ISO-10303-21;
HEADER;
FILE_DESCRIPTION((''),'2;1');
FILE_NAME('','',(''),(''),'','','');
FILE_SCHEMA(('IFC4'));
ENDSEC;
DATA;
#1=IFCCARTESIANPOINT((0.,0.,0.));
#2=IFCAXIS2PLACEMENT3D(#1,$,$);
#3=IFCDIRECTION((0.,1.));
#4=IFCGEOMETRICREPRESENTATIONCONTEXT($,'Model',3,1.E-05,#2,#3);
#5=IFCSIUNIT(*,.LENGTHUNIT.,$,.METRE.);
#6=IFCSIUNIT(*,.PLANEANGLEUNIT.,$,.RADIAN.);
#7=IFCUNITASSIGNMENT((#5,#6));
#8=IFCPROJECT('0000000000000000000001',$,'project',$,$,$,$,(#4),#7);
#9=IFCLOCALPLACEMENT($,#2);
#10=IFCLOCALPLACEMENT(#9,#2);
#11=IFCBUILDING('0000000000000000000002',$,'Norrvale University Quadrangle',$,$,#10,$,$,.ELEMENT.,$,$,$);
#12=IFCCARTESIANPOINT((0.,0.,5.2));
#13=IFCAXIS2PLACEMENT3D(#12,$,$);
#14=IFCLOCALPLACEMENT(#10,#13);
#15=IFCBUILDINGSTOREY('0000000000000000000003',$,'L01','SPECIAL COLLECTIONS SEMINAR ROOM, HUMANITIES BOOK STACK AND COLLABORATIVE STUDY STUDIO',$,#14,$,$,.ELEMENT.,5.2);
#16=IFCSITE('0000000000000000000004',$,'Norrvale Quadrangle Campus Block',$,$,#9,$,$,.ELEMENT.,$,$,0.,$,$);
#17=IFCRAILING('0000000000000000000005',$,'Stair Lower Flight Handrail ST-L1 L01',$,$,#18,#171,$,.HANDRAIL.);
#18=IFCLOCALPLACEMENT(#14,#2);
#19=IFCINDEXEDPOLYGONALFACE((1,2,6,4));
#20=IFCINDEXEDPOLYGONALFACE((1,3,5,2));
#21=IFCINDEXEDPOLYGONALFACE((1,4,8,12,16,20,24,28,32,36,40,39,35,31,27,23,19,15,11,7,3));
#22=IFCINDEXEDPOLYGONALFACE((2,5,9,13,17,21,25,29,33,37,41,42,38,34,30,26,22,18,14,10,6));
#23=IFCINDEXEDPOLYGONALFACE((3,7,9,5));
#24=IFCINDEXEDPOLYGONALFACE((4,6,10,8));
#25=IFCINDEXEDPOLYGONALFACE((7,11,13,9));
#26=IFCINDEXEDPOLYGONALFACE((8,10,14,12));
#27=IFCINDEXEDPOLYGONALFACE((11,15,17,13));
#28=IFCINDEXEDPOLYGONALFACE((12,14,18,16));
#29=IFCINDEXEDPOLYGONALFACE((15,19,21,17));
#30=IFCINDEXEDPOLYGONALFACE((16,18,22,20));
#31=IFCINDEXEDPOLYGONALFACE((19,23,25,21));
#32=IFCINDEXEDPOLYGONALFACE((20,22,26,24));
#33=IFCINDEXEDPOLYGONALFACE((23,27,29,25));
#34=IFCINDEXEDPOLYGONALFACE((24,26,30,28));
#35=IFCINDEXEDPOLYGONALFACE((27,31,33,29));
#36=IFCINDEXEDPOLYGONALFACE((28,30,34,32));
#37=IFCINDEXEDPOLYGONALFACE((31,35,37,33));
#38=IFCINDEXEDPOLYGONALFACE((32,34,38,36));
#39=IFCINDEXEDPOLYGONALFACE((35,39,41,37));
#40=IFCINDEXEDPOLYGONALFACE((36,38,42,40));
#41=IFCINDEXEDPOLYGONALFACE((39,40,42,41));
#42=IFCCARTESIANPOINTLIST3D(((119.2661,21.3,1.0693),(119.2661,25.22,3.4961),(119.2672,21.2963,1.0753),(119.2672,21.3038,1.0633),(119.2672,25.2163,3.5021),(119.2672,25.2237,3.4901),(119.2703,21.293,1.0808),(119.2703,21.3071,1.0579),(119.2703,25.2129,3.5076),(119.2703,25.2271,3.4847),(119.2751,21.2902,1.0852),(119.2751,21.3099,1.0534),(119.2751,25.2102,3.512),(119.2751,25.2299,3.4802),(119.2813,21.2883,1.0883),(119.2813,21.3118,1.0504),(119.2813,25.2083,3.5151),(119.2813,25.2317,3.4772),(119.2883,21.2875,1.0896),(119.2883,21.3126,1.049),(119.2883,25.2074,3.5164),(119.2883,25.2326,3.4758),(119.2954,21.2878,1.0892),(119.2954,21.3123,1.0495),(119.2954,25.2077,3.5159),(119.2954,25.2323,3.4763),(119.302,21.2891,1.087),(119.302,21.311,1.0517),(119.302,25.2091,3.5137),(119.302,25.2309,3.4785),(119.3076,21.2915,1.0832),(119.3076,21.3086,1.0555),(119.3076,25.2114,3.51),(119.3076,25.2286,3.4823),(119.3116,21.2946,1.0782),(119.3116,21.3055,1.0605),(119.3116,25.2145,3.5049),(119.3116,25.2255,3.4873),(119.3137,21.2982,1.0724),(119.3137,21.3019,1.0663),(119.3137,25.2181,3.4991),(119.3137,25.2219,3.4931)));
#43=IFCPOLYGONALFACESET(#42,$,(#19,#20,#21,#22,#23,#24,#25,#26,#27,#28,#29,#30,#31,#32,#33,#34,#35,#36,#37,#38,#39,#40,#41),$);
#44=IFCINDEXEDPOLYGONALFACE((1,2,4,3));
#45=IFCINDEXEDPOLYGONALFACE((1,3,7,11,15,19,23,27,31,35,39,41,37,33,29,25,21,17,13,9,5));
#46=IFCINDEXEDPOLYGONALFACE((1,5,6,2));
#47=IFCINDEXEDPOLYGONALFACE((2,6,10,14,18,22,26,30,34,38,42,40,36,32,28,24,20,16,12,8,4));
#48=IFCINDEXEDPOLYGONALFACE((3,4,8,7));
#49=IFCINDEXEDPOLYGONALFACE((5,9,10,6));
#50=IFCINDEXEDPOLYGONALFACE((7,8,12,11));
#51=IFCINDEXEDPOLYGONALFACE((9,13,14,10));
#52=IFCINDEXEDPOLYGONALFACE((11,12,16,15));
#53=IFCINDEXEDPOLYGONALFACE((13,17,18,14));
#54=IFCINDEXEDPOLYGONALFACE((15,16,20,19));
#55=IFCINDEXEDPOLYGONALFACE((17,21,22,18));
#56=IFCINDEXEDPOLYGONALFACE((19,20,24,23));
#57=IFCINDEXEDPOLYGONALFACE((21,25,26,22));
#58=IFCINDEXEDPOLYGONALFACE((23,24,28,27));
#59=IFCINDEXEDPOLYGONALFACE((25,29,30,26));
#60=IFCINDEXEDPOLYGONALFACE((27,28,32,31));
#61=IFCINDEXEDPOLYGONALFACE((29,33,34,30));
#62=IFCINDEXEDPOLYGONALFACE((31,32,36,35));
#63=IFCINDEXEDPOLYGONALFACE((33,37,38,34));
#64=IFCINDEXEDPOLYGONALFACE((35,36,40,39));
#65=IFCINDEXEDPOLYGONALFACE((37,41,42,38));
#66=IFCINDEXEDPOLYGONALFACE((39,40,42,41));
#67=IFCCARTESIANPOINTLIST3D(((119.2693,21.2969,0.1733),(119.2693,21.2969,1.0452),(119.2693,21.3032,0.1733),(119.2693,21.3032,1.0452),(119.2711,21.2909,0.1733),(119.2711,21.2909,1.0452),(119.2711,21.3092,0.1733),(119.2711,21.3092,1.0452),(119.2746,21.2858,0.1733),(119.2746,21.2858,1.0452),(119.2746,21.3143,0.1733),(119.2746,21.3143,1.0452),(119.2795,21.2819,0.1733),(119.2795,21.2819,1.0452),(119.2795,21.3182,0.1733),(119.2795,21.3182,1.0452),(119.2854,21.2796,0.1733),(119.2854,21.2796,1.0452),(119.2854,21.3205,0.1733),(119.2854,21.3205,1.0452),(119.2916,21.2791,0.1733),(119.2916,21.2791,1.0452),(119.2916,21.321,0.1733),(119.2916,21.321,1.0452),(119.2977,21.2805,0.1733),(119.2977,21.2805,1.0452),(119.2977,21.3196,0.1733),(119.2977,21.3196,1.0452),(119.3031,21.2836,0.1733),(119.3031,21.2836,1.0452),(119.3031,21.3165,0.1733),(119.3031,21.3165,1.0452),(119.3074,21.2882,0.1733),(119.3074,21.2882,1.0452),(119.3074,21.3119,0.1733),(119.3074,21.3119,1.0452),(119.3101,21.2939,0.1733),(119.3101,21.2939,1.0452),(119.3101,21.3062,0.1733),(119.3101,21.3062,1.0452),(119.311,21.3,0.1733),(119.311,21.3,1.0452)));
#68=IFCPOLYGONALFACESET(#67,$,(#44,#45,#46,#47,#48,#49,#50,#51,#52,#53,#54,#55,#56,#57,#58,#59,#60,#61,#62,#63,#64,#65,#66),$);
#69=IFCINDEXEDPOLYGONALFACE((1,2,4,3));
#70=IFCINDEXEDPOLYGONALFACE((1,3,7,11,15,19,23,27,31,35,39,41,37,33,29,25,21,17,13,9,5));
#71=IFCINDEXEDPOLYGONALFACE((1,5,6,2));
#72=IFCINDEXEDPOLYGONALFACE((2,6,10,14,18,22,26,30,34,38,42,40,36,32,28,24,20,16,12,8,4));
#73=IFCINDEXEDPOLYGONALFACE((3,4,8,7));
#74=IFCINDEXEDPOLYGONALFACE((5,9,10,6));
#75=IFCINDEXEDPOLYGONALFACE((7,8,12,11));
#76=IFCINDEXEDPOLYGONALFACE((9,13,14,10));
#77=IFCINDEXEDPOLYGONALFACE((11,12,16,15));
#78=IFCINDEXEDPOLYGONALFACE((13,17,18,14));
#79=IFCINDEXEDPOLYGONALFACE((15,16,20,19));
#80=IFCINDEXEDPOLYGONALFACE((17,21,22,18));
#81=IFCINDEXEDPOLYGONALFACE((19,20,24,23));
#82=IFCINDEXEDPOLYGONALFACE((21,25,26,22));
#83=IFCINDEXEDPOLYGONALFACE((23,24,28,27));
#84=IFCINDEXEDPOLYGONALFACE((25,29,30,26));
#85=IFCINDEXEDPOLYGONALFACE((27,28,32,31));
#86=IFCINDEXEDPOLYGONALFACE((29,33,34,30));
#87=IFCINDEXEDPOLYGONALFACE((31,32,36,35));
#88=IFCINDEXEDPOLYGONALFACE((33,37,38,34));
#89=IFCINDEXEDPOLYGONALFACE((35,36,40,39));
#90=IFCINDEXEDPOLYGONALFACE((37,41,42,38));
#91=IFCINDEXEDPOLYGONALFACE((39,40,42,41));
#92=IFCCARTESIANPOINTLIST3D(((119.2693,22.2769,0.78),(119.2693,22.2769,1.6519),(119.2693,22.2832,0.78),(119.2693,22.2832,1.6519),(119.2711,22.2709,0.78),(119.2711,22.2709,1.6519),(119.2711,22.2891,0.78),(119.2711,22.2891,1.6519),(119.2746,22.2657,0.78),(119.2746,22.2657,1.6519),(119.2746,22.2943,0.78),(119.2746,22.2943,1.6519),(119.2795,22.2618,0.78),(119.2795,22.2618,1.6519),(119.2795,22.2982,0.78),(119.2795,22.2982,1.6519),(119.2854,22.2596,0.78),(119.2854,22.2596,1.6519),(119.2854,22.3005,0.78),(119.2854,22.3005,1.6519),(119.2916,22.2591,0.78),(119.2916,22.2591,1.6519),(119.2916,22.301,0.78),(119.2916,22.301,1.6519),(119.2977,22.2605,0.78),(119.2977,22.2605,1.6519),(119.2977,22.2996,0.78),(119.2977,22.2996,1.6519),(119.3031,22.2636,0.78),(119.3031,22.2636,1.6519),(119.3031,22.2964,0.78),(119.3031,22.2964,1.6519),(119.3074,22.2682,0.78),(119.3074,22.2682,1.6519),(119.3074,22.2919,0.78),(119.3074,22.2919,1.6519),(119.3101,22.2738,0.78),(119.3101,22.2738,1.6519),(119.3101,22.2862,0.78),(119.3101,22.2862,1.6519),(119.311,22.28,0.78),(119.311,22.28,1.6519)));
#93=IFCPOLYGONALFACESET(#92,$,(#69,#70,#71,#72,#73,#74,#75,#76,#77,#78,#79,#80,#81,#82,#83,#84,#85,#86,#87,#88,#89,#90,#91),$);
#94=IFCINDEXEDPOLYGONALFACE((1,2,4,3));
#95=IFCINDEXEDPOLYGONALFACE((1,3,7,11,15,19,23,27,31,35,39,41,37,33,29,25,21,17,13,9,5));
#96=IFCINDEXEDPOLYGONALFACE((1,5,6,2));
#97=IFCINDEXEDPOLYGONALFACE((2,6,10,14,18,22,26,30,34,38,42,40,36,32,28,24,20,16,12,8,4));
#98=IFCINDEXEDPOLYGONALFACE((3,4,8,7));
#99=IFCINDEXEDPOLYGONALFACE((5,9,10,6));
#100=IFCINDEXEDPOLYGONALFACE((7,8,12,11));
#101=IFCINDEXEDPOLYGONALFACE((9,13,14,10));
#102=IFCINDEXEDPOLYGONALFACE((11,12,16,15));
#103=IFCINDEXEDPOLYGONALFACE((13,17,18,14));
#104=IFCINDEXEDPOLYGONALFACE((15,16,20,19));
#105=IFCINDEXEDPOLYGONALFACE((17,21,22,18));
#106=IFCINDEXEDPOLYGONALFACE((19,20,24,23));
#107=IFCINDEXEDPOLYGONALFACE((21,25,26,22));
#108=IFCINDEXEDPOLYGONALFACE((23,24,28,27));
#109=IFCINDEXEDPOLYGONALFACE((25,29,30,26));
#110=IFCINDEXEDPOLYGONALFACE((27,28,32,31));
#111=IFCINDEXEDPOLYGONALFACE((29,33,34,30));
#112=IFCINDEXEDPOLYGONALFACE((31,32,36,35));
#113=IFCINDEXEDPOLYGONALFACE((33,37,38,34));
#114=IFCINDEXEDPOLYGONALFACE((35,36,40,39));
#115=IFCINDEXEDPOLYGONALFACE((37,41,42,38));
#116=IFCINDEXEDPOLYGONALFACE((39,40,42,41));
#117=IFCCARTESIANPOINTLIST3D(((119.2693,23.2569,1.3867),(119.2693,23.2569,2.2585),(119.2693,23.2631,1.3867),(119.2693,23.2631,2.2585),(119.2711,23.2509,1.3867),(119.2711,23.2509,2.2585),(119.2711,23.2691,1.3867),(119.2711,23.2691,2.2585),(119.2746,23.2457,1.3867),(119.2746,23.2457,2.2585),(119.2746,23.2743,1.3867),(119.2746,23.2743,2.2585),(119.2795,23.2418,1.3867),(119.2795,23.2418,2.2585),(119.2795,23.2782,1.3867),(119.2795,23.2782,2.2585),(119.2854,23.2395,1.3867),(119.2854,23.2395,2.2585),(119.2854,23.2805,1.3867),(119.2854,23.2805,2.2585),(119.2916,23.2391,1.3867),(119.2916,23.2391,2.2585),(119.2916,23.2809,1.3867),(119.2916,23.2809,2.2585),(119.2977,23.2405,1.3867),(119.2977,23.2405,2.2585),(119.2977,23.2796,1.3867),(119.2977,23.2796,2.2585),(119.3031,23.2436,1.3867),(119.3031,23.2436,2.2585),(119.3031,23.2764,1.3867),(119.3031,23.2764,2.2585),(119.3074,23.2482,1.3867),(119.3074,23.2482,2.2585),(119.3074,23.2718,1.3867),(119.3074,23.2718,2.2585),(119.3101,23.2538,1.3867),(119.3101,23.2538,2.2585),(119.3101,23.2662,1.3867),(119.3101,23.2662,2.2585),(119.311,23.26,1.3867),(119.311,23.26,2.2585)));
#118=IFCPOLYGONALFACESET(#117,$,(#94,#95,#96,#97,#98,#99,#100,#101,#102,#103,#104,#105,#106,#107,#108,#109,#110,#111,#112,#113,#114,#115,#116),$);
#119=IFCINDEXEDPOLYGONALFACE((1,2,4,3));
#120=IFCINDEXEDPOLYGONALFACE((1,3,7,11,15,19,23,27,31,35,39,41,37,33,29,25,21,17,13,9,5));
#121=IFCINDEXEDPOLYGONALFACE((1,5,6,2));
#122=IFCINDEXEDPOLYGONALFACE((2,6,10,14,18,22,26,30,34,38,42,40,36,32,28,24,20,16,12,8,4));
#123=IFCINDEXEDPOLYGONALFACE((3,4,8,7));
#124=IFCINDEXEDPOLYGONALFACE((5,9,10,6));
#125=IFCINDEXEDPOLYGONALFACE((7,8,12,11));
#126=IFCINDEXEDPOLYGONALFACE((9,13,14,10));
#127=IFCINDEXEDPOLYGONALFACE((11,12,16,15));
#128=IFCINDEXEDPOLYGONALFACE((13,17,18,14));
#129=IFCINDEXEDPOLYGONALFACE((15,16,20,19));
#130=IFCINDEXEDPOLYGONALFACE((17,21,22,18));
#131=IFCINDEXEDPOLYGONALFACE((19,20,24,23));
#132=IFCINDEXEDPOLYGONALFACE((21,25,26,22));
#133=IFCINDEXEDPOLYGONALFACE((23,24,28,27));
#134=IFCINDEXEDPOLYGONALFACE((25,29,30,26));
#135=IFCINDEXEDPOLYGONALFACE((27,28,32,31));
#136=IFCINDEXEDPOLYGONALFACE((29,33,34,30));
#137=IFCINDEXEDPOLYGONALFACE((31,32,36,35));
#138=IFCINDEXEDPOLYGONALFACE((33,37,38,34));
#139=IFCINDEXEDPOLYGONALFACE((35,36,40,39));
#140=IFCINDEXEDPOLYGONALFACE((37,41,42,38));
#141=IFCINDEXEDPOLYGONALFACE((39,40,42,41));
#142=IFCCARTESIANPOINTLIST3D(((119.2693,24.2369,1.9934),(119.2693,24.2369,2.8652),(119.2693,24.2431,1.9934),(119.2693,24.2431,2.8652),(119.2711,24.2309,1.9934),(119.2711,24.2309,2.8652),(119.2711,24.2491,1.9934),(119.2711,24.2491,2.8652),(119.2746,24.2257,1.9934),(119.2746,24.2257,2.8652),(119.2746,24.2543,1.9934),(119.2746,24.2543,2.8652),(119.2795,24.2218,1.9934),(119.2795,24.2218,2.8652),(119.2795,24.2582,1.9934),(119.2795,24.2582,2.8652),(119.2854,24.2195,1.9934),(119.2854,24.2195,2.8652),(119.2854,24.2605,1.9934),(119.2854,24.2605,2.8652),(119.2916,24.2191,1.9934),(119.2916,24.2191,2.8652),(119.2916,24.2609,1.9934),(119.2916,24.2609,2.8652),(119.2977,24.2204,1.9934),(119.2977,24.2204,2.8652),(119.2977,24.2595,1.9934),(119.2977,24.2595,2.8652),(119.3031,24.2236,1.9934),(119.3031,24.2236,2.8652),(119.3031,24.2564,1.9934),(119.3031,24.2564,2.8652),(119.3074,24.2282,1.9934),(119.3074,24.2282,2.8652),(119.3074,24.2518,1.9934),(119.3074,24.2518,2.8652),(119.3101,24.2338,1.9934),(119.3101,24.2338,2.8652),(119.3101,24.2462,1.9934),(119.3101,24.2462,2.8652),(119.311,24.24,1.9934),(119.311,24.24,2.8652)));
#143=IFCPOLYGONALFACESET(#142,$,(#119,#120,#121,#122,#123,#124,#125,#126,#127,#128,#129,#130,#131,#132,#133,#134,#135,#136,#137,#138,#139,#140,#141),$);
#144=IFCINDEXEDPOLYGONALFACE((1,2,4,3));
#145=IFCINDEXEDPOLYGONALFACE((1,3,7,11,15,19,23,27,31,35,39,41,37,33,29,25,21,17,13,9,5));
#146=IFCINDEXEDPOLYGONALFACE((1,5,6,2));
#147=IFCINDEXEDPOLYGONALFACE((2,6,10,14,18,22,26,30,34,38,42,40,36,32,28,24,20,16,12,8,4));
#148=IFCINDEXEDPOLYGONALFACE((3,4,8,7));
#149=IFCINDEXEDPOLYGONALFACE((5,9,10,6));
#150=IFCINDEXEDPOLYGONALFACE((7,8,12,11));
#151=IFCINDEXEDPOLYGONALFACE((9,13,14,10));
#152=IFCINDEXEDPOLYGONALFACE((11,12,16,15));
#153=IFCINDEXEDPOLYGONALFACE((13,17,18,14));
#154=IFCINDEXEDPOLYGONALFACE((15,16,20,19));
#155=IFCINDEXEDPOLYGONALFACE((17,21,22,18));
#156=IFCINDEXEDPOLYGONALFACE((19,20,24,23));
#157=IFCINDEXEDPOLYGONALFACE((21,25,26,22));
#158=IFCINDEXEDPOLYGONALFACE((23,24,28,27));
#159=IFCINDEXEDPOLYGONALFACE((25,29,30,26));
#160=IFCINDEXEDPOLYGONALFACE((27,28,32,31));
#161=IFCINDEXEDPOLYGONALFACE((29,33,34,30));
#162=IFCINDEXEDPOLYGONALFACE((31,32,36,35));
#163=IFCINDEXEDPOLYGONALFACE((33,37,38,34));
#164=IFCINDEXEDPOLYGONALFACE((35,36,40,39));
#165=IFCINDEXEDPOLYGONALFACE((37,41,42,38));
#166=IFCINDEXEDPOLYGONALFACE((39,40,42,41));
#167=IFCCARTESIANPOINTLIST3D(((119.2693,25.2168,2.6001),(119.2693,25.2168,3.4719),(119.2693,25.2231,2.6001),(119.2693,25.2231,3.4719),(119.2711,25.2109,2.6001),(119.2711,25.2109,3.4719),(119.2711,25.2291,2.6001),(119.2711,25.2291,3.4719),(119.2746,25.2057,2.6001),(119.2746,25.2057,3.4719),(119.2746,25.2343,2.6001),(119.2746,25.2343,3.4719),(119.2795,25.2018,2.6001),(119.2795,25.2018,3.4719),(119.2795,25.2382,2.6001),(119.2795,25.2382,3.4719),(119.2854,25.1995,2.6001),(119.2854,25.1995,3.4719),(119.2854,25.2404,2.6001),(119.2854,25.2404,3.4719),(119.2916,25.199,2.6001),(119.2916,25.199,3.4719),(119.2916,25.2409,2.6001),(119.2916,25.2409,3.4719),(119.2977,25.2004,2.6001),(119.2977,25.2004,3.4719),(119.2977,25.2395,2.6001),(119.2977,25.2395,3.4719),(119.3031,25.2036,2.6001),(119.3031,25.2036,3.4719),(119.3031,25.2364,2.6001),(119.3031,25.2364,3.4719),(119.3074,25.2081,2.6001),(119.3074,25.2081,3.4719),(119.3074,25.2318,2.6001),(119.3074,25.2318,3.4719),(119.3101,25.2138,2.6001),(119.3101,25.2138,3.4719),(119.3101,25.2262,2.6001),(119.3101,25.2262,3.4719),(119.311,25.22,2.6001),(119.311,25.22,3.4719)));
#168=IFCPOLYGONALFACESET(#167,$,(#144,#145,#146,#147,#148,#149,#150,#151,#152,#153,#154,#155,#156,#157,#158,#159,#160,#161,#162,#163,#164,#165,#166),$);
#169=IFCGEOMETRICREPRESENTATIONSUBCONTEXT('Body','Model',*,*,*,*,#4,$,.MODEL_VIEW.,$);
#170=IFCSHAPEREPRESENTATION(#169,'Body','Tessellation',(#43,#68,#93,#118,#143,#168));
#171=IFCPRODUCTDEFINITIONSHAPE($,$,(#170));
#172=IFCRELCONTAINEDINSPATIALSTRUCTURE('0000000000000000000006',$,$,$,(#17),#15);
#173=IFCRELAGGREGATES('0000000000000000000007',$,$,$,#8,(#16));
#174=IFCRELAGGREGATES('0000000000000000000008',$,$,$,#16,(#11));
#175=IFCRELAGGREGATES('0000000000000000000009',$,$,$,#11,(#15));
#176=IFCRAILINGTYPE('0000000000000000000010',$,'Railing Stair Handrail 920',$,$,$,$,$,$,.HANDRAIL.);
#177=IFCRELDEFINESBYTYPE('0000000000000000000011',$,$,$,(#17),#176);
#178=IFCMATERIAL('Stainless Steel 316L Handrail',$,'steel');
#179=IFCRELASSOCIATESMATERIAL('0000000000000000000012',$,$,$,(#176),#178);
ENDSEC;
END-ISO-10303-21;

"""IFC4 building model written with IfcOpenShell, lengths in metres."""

from ifc_helpers import new_model, si_unit, direction, frame, origin, origin_2d, place, context, subcontext, project, spatial, circle, extrude, material, type_object, element, save


model = new_model("IFC4")

# Units and contexts
model_context = context("Model", 3, precision=1e-05, world=origin(), true_north=direction((0.0, 1.0)))
body_context = subcontext(model_context, "Body", "Model", "MODEL_VIEW")
ifc_project = project(units=[si_unit("LENGTHUNIT", "METRE"), si_unit("PLANEANGLEUNIT", "RADIAN")], contexts=[model_context])

# Site, building, storey
site_placement = place(None, origin())
site = spatial("IfcSite", under=ifc_project, at=site_placement, Name="Norrvale Quadrangle Campus Block", CompositionType="ELEMENT", RefElevation=0.0)
building_placement = place(site_placement, origin())
building = spatial("IfcBuilding", under=site, at=building_placement, Name="Norrvale University Quadrangle", CompositionType="ELEMENT")
storey_placement = place(building_placement, frame((0.0, 0.0, 5.2)))
storey = spatial("IfcBuildingStorey", under=building, at=storey_placement, Name="L01", Description="SPECIAL COLLECTIONS SEMINAR ROOM, HUMANITIES BOOK STACK AND COLLABORATIVE STUDY STUDIO", CompositionType="ELEMENT", Elevation=5.2)

# Railing
ifc_material_1 = material(Name="Stainless Steel 316L Handrail", Category="steel")
railing_type_1 = type_object("IfcRailingType", Name="Railing Stair Handrail 920", PredefinedType="HANDRAIL", material=ifc_material_1)
railing_1_placement = place(storey_placement, frame((119.29, 21.3, 0.1733)))
element("IfcRailing", 1, at=railing_1_placement, inside=storey, type_object=railing_type_1, Name="Stair Lower Flight Handrail ST-L1 L01", PredefinedType="HANDRAIL", context=body_context, shape_type="SweptSolid", body=[
    extrude(circle(Radius=0.0239, at=origin_2d()), frame((0.0, 0.0, 0.896), z_axis=(0.0, 0.850252, 0.526376), x_axis=(-1.0, 0.0, 0.0)), (0.0, 0.0, 1.0), 4.6104),
    extrude(circle(Radius=0.021, at=origin_2d()), origin(), (0.0, 0.0, 1.0), 0.8718),
    extrude(circle(Radius=0.021, at=origin_2d()), frame((0.0, 0.98, 0.6067)), (0.0, 0.0, 1.0), 0.8718),
    extrude(circle(Radius=0.021, at=origin_2d()), frame((0.0, 1.96, 1.2134)), (0.0, 0.0, 1.0), 0.8718),
    extrude(circle(Radius=0.021, at=origin_2d()), frame((0.0, 2.9399, 1.8201)), (0.0, 0.0, 1.0), 0.8718),
    extrude(circle(Radius=0.021, at=origin_2d()), frame((0.0, 3.9199, 2.4268)), (0.0, 0.0, 1.0), 0.8718),
])

save(model, "model.ifc")
